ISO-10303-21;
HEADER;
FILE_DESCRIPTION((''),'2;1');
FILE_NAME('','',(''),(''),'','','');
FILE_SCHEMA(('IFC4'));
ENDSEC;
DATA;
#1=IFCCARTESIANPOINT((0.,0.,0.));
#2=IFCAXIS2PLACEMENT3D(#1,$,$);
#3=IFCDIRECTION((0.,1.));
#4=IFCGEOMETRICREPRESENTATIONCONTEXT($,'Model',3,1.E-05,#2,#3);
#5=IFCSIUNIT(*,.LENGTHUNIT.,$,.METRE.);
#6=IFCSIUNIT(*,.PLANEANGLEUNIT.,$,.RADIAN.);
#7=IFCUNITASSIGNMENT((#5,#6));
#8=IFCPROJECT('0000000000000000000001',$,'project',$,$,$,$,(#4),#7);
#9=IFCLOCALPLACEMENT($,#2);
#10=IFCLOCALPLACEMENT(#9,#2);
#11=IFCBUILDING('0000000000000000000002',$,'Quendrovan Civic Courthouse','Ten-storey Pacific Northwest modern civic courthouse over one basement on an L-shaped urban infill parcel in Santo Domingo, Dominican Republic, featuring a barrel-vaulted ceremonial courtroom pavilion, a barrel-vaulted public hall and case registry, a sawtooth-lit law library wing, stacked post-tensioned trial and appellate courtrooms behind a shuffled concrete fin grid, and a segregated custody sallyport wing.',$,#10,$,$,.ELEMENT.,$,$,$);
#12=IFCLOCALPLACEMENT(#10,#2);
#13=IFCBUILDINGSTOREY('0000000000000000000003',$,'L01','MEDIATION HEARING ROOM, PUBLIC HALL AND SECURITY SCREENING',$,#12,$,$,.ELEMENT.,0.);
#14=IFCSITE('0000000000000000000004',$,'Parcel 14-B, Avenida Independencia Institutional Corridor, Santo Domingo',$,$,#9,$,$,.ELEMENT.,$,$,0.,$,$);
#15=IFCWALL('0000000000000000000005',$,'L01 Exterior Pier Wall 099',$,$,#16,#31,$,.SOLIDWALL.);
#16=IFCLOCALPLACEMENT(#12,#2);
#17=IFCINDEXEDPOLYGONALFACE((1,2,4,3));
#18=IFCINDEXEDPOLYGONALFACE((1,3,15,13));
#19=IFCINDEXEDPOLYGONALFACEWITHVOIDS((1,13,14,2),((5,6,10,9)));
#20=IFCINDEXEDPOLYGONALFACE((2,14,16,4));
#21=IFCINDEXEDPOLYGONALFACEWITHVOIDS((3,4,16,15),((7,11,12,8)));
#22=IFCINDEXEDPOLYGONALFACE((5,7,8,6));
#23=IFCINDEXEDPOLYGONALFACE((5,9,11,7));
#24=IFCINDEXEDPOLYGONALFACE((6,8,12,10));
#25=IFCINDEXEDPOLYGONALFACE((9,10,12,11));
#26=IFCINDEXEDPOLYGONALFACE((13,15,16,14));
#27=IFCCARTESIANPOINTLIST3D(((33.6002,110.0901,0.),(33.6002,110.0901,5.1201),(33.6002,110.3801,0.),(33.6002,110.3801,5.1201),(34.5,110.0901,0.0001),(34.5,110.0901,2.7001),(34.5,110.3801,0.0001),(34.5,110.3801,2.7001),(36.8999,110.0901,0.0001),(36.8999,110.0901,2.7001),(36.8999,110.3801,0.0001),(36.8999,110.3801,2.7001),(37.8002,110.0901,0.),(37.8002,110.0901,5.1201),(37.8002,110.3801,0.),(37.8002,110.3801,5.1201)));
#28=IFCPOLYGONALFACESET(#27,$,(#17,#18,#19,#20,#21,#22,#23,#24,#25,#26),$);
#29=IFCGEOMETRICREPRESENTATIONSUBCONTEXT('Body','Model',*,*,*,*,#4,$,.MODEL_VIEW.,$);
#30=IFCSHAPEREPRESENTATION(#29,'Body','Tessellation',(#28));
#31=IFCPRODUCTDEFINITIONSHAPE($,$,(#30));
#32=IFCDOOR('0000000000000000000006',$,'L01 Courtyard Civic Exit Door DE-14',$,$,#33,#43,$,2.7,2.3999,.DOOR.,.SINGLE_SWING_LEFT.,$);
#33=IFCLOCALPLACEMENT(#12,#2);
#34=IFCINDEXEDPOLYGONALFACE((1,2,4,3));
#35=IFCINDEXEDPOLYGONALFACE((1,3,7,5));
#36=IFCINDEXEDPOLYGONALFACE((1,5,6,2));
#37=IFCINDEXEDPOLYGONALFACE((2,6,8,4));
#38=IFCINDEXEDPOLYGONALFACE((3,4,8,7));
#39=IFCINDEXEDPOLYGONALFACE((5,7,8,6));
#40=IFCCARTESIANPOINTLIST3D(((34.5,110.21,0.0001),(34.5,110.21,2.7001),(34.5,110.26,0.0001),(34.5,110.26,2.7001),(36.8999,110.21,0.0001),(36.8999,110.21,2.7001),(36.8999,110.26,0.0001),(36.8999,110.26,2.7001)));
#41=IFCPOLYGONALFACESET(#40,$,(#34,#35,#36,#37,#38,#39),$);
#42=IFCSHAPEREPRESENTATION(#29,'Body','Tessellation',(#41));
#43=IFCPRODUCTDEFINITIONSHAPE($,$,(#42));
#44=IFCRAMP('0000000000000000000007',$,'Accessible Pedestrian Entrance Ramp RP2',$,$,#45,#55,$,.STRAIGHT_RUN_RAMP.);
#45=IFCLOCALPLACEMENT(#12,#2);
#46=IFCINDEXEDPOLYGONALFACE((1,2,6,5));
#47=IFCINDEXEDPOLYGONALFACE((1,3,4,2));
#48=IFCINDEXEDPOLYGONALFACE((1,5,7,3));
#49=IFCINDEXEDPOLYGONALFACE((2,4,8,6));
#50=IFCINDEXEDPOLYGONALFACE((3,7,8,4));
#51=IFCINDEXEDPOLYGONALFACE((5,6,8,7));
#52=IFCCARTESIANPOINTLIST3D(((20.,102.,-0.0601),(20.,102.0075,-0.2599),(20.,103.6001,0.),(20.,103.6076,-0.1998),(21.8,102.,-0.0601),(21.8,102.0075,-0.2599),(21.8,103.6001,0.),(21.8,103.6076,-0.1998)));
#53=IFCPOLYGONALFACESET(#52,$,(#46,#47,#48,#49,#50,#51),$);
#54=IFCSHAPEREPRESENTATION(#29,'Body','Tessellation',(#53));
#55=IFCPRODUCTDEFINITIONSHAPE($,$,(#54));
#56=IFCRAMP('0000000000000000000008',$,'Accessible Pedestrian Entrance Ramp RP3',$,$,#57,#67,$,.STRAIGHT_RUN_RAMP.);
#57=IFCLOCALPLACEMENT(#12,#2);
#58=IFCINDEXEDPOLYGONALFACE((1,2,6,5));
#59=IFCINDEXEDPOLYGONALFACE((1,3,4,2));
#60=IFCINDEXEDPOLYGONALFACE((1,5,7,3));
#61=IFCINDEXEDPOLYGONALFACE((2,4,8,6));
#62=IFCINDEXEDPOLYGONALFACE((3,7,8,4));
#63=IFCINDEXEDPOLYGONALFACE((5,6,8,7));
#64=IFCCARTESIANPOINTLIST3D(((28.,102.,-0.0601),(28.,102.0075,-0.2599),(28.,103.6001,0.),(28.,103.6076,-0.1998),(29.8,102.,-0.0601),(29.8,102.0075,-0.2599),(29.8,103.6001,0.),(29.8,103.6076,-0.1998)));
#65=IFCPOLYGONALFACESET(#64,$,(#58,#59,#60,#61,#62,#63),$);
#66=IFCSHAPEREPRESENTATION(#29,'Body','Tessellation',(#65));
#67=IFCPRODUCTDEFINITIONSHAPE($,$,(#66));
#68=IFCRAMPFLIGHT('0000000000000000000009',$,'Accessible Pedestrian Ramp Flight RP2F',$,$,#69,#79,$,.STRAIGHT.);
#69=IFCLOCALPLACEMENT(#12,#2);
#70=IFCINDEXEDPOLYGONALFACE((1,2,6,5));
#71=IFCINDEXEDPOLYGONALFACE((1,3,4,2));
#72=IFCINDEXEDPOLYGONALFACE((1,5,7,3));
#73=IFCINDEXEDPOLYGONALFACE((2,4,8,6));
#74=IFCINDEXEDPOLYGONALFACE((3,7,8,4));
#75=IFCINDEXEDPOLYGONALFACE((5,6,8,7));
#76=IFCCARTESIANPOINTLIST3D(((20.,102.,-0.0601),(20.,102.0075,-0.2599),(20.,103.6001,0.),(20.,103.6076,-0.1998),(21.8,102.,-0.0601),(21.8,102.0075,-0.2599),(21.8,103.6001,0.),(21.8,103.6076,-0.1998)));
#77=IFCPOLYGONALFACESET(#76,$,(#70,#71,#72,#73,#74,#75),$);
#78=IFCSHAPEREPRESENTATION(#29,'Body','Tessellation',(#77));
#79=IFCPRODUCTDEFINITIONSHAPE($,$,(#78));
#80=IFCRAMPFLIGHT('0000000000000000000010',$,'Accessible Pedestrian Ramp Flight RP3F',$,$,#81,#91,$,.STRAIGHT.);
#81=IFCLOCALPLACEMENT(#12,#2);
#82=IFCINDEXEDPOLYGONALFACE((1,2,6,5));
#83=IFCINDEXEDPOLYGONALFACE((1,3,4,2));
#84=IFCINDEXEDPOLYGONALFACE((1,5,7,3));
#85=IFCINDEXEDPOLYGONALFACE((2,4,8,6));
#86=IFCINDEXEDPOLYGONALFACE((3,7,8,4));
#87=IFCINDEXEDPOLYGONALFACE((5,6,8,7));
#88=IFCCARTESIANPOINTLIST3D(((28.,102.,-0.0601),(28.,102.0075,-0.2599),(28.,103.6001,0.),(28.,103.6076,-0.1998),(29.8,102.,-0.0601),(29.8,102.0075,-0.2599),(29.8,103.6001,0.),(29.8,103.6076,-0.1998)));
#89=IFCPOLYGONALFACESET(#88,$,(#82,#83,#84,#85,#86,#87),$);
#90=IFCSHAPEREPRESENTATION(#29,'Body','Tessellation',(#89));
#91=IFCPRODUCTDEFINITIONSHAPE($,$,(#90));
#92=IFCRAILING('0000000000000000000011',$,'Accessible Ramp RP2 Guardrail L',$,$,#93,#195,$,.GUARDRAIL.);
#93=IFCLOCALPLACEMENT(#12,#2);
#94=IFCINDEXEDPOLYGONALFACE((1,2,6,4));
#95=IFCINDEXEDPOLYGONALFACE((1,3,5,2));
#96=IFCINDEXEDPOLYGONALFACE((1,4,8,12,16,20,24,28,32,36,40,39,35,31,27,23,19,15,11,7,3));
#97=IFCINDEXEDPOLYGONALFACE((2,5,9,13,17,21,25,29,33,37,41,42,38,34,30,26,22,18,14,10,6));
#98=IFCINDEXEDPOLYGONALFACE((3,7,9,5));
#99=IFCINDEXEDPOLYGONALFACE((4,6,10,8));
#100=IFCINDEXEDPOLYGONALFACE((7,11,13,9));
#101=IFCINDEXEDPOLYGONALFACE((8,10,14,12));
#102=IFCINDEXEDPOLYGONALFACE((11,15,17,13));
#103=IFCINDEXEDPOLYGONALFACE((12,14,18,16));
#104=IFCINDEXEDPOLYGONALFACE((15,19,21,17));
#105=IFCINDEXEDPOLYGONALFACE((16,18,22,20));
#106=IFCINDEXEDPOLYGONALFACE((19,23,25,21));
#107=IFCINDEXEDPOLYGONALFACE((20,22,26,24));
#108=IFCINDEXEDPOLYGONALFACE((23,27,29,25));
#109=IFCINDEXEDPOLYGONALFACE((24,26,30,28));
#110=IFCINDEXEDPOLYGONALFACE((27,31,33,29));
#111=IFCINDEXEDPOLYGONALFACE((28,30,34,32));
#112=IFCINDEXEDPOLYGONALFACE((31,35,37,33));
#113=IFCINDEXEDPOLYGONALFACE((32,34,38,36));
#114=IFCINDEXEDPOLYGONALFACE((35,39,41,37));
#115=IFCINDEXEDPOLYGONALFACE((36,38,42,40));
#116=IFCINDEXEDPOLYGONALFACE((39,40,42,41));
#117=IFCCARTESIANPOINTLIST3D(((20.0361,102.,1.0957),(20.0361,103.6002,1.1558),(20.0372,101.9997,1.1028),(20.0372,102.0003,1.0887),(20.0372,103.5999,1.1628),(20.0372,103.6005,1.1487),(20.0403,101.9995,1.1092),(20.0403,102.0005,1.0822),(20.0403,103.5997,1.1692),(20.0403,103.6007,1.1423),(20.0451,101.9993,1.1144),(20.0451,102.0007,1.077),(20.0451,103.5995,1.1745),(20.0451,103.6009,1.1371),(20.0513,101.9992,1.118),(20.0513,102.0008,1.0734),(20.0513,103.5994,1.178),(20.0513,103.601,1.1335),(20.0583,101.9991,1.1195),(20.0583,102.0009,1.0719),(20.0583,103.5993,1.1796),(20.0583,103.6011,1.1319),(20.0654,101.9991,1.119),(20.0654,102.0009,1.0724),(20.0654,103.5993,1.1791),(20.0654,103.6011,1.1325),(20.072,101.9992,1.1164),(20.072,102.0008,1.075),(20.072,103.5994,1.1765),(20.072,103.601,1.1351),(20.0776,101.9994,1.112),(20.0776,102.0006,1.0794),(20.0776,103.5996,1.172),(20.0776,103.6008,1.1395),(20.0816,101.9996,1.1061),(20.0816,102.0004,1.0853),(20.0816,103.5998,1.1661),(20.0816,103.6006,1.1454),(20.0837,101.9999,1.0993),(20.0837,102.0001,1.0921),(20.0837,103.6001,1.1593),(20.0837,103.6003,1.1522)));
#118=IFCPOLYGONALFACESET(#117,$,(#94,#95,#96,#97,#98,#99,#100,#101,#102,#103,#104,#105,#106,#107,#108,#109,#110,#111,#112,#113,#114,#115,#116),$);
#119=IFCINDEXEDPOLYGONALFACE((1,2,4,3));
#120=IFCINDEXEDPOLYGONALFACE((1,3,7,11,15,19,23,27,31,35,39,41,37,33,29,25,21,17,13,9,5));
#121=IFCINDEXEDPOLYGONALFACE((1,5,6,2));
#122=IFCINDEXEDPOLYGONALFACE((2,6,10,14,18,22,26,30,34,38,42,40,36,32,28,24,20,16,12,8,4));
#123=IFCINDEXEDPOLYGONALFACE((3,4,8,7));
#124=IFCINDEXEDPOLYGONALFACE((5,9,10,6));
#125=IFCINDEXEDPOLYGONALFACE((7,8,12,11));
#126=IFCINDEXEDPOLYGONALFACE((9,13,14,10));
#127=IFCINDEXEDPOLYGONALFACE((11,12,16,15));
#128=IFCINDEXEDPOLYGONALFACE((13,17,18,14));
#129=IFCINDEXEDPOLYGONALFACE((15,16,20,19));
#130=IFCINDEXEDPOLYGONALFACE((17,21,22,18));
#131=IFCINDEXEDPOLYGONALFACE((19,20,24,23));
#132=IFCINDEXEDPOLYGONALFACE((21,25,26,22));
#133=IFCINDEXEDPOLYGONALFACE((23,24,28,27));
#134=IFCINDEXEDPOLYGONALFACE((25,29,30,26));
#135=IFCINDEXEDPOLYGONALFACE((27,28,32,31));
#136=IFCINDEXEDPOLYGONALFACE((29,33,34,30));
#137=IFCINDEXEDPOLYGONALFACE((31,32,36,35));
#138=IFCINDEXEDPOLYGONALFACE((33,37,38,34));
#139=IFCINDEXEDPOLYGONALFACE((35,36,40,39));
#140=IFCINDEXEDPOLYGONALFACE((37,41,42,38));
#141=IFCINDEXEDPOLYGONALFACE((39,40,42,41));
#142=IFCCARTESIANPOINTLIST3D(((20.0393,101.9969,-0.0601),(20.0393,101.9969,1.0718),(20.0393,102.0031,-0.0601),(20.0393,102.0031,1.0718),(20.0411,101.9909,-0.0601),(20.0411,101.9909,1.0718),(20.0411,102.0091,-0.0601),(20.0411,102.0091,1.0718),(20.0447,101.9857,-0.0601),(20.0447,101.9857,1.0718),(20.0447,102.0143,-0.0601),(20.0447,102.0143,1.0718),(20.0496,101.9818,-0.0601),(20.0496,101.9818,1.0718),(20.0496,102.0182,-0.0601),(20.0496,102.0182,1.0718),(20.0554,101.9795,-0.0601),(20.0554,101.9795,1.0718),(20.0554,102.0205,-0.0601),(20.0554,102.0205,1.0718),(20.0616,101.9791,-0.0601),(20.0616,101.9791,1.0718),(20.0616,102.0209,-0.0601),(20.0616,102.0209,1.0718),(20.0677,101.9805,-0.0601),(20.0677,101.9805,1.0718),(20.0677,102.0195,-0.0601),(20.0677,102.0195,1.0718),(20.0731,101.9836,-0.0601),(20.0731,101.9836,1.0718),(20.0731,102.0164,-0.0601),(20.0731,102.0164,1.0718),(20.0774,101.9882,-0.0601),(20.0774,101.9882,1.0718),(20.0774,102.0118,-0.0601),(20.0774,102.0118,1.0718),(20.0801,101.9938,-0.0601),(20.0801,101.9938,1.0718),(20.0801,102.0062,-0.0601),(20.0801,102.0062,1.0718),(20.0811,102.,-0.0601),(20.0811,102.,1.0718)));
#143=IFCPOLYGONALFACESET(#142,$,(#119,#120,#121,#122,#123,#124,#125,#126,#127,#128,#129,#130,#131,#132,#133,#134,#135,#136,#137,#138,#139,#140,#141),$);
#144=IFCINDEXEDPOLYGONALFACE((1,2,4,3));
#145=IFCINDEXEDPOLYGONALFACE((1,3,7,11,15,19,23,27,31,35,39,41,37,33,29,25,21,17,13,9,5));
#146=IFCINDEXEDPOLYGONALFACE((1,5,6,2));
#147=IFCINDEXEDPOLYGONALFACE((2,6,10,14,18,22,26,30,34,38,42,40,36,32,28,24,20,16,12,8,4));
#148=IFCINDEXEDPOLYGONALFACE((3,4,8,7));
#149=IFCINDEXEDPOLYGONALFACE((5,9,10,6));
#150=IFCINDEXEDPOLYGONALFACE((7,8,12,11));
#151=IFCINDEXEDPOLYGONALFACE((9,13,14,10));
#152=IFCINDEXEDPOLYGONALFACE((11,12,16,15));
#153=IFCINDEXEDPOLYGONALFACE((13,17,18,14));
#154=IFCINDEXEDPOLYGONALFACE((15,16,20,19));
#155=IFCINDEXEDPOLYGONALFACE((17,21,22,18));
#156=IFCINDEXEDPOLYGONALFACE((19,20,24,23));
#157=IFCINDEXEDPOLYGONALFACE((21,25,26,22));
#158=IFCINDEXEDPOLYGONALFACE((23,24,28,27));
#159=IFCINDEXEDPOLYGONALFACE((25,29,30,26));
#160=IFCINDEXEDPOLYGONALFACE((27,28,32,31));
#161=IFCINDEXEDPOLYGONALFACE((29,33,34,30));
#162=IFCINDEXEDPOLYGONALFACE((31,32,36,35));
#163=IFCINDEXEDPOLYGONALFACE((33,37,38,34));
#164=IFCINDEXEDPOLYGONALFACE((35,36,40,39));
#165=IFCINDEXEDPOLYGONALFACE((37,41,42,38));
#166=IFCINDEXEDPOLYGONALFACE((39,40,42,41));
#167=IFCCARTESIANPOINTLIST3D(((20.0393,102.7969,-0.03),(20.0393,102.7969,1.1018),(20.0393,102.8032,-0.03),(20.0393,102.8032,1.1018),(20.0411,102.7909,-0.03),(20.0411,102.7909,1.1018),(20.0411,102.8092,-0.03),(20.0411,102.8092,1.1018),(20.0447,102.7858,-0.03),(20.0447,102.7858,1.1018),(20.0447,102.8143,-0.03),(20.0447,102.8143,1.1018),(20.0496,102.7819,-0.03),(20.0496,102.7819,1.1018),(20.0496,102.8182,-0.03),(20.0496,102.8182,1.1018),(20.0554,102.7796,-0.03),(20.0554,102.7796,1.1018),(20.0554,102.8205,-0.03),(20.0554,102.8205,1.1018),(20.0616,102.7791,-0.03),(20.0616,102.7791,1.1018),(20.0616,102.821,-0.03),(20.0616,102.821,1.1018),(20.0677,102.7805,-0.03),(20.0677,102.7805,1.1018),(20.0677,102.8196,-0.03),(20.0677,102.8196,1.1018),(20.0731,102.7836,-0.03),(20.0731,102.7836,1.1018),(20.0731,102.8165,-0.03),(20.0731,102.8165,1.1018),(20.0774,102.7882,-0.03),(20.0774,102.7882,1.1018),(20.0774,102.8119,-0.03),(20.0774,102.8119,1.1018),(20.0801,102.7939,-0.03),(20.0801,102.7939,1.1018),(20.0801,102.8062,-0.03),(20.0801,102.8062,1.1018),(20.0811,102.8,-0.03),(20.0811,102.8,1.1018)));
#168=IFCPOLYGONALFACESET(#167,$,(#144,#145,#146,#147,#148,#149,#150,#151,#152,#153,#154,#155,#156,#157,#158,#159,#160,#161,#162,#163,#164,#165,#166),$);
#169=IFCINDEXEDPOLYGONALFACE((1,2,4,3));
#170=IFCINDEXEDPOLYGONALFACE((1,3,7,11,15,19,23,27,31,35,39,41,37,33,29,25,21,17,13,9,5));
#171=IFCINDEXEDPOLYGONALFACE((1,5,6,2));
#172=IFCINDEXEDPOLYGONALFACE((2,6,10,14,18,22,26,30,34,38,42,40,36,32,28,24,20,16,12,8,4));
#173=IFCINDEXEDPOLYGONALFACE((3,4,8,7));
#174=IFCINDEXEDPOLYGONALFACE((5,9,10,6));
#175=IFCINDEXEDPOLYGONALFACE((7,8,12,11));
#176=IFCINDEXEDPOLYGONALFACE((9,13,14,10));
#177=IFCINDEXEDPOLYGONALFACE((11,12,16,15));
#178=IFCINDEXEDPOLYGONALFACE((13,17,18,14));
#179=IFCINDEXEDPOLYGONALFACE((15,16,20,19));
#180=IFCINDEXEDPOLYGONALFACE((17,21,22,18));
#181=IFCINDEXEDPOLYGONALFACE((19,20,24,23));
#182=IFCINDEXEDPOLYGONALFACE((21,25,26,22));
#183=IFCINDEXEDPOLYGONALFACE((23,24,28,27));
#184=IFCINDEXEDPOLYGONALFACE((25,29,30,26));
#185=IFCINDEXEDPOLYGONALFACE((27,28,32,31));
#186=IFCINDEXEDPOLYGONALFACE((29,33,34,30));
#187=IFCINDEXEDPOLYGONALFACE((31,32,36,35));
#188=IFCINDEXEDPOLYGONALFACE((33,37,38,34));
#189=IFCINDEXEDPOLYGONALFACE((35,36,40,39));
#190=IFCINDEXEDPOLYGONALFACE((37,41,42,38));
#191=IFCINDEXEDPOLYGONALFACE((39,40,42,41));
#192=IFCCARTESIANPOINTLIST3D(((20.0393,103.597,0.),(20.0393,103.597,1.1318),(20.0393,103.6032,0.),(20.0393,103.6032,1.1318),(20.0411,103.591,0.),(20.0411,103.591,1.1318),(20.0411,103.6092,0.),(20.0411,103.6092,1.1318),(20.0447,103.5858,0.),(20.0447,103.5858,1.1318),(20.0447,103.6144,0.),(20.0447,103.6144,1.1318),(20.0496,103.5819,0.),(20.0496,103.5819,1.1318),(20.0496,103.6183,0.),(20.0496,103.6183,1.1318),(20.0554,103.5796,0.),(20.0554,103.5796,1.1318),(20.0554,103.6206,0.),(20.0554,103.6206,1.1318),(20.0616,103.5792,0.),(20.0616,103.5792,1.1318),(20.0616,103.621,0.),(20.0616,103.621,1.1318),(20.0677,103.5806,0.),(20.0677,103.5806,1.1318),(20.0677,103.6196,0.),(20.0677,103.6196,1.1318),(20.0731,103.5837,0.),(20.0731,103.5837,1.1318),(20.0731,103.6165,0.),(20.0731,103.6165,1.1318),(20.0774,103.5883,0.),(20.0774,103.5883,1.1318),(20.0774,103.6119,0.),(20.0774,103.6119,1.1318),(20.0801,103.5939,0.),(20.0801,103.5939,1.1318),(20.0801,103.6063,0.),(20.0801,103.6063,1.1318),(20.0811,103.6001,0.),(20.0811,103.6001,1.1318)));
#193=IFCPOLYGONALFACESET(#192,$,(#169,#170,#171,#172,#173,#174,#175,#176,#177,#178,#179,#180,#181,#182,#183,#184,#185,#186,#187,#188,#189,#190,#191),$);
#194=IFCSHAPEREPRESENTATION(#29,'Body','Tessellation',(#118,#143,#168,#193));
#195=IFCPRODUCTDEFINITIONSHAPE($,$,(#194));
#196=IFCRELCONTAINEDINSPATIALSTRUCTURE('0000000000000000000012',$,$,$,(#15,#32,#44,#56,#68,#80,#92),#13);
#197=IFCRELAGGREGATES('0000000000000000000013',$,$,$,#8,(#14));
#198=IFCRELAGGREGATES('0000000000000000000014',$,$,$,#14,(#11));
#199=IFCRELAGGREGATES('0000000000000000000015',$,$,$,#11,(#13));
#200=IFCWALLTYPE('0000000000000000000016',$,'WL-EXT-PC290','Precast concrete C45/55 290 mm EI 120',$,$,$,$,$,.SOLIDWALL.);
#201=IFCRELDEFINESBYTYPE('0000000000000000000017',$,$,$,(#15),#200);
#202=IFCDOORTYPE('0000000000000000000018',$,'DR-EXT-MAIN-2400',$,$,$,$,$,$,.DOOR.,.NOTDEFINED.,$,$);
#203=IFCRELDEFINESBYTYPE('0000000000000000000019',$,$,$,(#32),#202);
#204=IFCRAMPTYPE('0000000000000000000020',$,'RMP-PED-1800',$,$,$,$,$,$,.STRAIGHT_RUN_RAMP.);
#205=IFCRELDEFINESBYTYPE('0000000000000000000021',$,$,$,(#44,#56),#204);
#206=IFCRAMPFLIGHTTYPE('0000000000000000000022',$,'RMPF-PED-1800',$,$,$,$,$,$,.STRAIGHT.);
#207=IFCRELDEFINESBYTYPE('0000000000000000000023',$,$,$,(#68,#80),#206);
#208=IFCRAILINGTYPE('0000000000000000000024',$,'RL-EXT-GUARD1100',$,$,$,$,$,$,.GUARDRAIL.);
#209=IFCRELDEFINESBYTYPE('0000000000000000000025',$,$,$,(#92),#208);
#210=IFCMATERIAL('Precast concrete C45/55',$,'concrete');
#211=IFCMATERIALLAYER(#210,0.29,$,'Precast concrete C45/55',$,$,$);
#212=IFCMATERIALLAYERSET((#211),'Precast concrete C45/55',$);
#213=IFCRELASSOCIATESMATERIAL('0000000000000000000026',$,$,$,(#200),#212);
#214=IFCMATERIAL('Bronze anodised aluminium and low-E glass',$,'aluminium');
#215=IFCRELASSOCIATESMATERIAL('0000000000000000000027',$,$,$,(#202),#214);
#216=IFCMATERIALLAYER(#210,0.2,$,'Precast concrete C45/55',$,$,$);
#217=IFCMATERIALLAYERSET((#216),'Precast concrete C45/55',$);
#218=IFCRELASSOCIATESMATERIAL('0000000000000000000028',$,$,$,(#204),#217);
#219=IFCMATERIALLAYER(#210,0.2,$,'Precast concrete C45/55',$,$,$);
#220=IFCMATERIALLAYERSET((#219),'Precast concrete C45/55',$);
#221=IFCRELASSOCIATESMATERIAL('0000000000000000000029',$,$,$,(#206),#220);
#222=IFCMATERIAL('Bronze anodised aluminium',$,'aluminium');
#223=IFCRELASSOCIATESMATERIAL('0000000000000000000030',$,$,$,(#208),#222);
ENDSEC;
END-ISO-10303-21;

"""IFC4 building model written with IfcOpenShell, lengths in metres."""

from ifc_helpers import new_model, si_unit, direction, frame, frame_2d, origin, origin_2d, place, context, subcontext, project, spatial, polyline, rectangle, circle, outline, extrude, material, layer, layer_set, type_object, element, fill, save


model = new_model("IFC4")

# Units and contexts
model_context = context("Model", 3, precision=1e-05, world=origin(), true_north=direction((0.0, 1.0)))
body_context = subcontext(model_context, "Body", "Model", "MODEL_VIEW")
ifc_project = project(units=[si_unit("LENGTHUNIT", "METRE"), si_unit("PLANEANGLEUNIT", "RADIAN")], contexts=[model_context])

# Site, building, storey
site_placement = place(None, origin())
site = spatial("IfcSite", under=ifc_project, at=site_placement, Name="Parcel 14-B, Avenida Independencia Institutional Corridor, Santo Domingo", CompositionType="ELEMENT", RefElevation=0.0)
building_placement = place(site_placement, origin())
building = spatial("IfcBuilding", under=site, at=building_placement, Name="Quendrovan Civic Courthouse", Description="Ten-storey Pacific Northwest modern civic courthouse over one basement on an L-shaped urban infill parcel in Santo Domingo, Dominican Republic, featuring a barrel-vaulted ceremonial courtroom pavilion, a barrel-vaulted public hall and case registry, a sawtooth-lit law library wing, stacked post-tensioned trial and appellate courtrooms behind a shuffled concrete fin grid, and a segregated custody sallyport wing.", CompositionType="ELEMENT")
storey_placement = place(building_placement, origin())
storey = spatial("IfcBuildingStorey", under=building, at=storey_placement, Name="L01", Description="MEDIATION HEARING ROOM, PUBLIC HALL AND SECURITY SCREENING", CompositionType="ELEMENT", Elevation=0.0)

# Shared definitions
ifc_material_1 = material(Name="Bronze anodised aluminium and low-E glass", Category="aluminium")
ifc_material_2 = material(Name="Bronze anodised aluminium", Category="aluminium")

# Shared definitions
ifc_material_3 = material(Name="Precast concrete C45/55", Category="concrete")
ifc_layer_1 = layer(ifc_material_3, 0.29, Name="Precast concrete C45/55")
ifc_layer_set_1 = layer_set([ifc_layer_1], Name="Precast concrete C45/55")
wall_type = type_object("IfcWallType", Name="WL-EXT-PC290", Description="Precast concrete C45/55 290 mm EI 120", PredefinedType="SOLIDWALL", material=ifc_layer_set_1)

# Wall, opening, door
wall_1_placement = place(storey_placement, frame((33.6001, 110.2351, 0.0), z_axis=(0.0, 0.0, 1.0), x_axis=(1.0, 0.0, 0.0)))
wall_1 = element("IfcWall", 1, at=wall_1_placement, inside=storey, type_object=wall_type, Name="L01 Exterior Pier Wall 099", PredefinedType="SOLIDWALL", context=body_context, shape_type="SweptSolid", body=[
    extrude(rectangle(XDim=4.2, YDim=0.29, at=frame_2d((2.1001, 0.0))), origin(), (0.0, 0.0, 1.0), 5.1201),
])
opening_placement = place(wall_1_placement, frame((0.8999, 0.0, 0.0)))
opening = element("IfcOpeningElement", 2, at=opening_placement, cuts=wall_1, PredefinedType="OPENING", context=body_context, shape_type="SweptSolid", body=[
    extrude(rectangle(XDim=2.3999, YDim=2.7, at=frame_2d((1.2, 1.3501))), frame((0.0, 0.155, 0.0), z_axis=(0.0, -1.0, 0.0), x_axis=(1.0, 0.0, 0.0)), (0.0, 0.0, 1.0), 0.3101),
])
door_type = type_object("IfcDoorType", Name="DR-EXT-MAIN-2400", OperationType="NOTDEFINED", PredefinedType="DOOR", material=ifc_material_1)
door_placement = place(opening_placement, origin())
door = element("IfcDoor", 3, at=door_placement, inside=storey, type_object=door_type, Name="L01 Courtyard Civic Exit Door DE-14", OperationType="SINGLE_SWING_LEFT", OverallHeight=2.7, OverallWidth=2.3999, PredefinedType="DOOR", context=body_context, shape_type="SweptSolid", body=[
    extrude(rectangle(XDim=2.3999, YDim=2.7, at=frame_2d((1.2, 1.3501))), frame((0.0, 0.0249, 0.0), z_axis=(0.0, -1.0, 0.0), x_axis=(1.0, 0.0, 0.0)), (0.0, 0.0, 1.0), 0.05),
])
fill(opening, door)

# Ramps
ifc_layer_2 = layer(ifc_material_3, 0.2, Name="Precast concrete C45/55")
ifc_layer_set_2 = layer_set([ifc_layer_2], Name="Precast concrete C45/55")
ramp_type = type_object("IfcRampType", Name="RMP-PED-1800", PredefinedType="STRAIGHT_RUN_RAMP", material=ifc_layer_set_2)
for number, where, z_axis, x_axis, name in (
    (4, (20.0, 102.0, -0.0601), (0.0, -0.037508, 0.999296), (1.0, 0.0, 0.0), "Accessible Pedestrian Entrance Ramp RP2"),
    (5, (28.0, 102.0, -0.0601), (0.0, -0.037508, 0.999296), (1.0, 0.0, 0.0), "Accessible Pedestrian Entrance Ramp RP3"),
):
    element("IfcRamp", number, at=place(storey_placement, frame(where, z_axis=z_axis, x_axis=x_axis)), inside=storey, type_object=ramp_type, Name=name, PredefinedType="STRAIGHT_RUN_RAMP", context=body_context, shape_type="SweptSolid", body=[
        extrude(outline(polyline([(0.0, 0.0), (1.8, 0.0), (1.8, 1.6012), (0.0, 1.6012), (0.0, 0.0)])), origin(), (0.0, 0.0, -1.0), 0.2),
    ])

# Ramp flights
ifc_layer_3 = layer(ifc_material_3, 0.2, Name="Precast concrete C45/55")
ifc_layer_set_3 = layer_set([ifc_layer_3], Name="Precast concrete C45/55")
ramp_flight_type = type_object("IfcRampFlightType", Name="RMPF-PED-1800", PredefinedType="STRAIGHT", material=ifc_layer_set_3)
for number, where, z_axis, x_axis, name in (
    (6, (20.0, 102.0, -0.0601), (0.0, -0.037508, 0.999296), (1.0, 0.0, 0.0), "Accessible Pedestrian Ramp Flight RP2F"),
    (7, (28.0, 102.0, -0.0601), (0.0, -0.037508, 0.999296), (1.0, 0.0, 0.0), "Accessible Pedestrian Ramp Flight RP3F"),
):
    element("IfcRampFlight", number, at=place(storey_placement, frame(where, z_axis=z_axis, x_axis=x_axis)), inside=storey, type_object=ramp_flight_type, Name=name, PredefinedType="STRAIGHT", context=body_context, shape_type="SweptSolid", body=[
        extrude(outline(polyline([(0.0, 0.0), (1.8, 0.0), (1.8, 1.6012), (0.0, 1.6012), (0.0, 0.0)])), origin(), (0.0, 0.0, -1.0), 0.2),
    ])

# Railing
railing_type = type_object("IfcRailingType", Name="RL-EXT-GUARD1100", PredefinedType="GUARDRAIL", material=ifc_material_2)
for number, where, name in (
    (8, (20.0601, 102.0, -0.0601), "Accessible Ramp RP2 Guardrail L"),
):
    element("IfcRailing", number, at=place(storey_placement, frame(where)), inside=storey, type_object=railing_type, Name=name, PredefinedType="GUARDRAIL", context=body_context, shape_type="SweptSolid", body=[
        extrude(circle(Radius=0.0239, at=origin_2d()), frame((0.0, 0.0, 1.1558), z_axis=(0.0, 0.999296, 0.037508), x_axis=(-1.0, 0.0, 0.0)), (0.0, 0.0, 1.0), 1.6013),
        extrude(circle(Radius=0.021, at=origin_2d()), origin(), (0.0, 0.0, 1.0), 1.1318),
        extrude(circle(Radius=0.021, at=origin_2d()), frame((0.0, 0.8, 0.03)), (0.0, 0.0, 1.0), 1.1318),
        extrude(circle(Radius=0.021, at=origin_2d()), frame((0.0, 1.6001, 0.0601)), (0.0, 0.0, 1.0), 1.1318),
    ])

save(model, "model.ifc")
